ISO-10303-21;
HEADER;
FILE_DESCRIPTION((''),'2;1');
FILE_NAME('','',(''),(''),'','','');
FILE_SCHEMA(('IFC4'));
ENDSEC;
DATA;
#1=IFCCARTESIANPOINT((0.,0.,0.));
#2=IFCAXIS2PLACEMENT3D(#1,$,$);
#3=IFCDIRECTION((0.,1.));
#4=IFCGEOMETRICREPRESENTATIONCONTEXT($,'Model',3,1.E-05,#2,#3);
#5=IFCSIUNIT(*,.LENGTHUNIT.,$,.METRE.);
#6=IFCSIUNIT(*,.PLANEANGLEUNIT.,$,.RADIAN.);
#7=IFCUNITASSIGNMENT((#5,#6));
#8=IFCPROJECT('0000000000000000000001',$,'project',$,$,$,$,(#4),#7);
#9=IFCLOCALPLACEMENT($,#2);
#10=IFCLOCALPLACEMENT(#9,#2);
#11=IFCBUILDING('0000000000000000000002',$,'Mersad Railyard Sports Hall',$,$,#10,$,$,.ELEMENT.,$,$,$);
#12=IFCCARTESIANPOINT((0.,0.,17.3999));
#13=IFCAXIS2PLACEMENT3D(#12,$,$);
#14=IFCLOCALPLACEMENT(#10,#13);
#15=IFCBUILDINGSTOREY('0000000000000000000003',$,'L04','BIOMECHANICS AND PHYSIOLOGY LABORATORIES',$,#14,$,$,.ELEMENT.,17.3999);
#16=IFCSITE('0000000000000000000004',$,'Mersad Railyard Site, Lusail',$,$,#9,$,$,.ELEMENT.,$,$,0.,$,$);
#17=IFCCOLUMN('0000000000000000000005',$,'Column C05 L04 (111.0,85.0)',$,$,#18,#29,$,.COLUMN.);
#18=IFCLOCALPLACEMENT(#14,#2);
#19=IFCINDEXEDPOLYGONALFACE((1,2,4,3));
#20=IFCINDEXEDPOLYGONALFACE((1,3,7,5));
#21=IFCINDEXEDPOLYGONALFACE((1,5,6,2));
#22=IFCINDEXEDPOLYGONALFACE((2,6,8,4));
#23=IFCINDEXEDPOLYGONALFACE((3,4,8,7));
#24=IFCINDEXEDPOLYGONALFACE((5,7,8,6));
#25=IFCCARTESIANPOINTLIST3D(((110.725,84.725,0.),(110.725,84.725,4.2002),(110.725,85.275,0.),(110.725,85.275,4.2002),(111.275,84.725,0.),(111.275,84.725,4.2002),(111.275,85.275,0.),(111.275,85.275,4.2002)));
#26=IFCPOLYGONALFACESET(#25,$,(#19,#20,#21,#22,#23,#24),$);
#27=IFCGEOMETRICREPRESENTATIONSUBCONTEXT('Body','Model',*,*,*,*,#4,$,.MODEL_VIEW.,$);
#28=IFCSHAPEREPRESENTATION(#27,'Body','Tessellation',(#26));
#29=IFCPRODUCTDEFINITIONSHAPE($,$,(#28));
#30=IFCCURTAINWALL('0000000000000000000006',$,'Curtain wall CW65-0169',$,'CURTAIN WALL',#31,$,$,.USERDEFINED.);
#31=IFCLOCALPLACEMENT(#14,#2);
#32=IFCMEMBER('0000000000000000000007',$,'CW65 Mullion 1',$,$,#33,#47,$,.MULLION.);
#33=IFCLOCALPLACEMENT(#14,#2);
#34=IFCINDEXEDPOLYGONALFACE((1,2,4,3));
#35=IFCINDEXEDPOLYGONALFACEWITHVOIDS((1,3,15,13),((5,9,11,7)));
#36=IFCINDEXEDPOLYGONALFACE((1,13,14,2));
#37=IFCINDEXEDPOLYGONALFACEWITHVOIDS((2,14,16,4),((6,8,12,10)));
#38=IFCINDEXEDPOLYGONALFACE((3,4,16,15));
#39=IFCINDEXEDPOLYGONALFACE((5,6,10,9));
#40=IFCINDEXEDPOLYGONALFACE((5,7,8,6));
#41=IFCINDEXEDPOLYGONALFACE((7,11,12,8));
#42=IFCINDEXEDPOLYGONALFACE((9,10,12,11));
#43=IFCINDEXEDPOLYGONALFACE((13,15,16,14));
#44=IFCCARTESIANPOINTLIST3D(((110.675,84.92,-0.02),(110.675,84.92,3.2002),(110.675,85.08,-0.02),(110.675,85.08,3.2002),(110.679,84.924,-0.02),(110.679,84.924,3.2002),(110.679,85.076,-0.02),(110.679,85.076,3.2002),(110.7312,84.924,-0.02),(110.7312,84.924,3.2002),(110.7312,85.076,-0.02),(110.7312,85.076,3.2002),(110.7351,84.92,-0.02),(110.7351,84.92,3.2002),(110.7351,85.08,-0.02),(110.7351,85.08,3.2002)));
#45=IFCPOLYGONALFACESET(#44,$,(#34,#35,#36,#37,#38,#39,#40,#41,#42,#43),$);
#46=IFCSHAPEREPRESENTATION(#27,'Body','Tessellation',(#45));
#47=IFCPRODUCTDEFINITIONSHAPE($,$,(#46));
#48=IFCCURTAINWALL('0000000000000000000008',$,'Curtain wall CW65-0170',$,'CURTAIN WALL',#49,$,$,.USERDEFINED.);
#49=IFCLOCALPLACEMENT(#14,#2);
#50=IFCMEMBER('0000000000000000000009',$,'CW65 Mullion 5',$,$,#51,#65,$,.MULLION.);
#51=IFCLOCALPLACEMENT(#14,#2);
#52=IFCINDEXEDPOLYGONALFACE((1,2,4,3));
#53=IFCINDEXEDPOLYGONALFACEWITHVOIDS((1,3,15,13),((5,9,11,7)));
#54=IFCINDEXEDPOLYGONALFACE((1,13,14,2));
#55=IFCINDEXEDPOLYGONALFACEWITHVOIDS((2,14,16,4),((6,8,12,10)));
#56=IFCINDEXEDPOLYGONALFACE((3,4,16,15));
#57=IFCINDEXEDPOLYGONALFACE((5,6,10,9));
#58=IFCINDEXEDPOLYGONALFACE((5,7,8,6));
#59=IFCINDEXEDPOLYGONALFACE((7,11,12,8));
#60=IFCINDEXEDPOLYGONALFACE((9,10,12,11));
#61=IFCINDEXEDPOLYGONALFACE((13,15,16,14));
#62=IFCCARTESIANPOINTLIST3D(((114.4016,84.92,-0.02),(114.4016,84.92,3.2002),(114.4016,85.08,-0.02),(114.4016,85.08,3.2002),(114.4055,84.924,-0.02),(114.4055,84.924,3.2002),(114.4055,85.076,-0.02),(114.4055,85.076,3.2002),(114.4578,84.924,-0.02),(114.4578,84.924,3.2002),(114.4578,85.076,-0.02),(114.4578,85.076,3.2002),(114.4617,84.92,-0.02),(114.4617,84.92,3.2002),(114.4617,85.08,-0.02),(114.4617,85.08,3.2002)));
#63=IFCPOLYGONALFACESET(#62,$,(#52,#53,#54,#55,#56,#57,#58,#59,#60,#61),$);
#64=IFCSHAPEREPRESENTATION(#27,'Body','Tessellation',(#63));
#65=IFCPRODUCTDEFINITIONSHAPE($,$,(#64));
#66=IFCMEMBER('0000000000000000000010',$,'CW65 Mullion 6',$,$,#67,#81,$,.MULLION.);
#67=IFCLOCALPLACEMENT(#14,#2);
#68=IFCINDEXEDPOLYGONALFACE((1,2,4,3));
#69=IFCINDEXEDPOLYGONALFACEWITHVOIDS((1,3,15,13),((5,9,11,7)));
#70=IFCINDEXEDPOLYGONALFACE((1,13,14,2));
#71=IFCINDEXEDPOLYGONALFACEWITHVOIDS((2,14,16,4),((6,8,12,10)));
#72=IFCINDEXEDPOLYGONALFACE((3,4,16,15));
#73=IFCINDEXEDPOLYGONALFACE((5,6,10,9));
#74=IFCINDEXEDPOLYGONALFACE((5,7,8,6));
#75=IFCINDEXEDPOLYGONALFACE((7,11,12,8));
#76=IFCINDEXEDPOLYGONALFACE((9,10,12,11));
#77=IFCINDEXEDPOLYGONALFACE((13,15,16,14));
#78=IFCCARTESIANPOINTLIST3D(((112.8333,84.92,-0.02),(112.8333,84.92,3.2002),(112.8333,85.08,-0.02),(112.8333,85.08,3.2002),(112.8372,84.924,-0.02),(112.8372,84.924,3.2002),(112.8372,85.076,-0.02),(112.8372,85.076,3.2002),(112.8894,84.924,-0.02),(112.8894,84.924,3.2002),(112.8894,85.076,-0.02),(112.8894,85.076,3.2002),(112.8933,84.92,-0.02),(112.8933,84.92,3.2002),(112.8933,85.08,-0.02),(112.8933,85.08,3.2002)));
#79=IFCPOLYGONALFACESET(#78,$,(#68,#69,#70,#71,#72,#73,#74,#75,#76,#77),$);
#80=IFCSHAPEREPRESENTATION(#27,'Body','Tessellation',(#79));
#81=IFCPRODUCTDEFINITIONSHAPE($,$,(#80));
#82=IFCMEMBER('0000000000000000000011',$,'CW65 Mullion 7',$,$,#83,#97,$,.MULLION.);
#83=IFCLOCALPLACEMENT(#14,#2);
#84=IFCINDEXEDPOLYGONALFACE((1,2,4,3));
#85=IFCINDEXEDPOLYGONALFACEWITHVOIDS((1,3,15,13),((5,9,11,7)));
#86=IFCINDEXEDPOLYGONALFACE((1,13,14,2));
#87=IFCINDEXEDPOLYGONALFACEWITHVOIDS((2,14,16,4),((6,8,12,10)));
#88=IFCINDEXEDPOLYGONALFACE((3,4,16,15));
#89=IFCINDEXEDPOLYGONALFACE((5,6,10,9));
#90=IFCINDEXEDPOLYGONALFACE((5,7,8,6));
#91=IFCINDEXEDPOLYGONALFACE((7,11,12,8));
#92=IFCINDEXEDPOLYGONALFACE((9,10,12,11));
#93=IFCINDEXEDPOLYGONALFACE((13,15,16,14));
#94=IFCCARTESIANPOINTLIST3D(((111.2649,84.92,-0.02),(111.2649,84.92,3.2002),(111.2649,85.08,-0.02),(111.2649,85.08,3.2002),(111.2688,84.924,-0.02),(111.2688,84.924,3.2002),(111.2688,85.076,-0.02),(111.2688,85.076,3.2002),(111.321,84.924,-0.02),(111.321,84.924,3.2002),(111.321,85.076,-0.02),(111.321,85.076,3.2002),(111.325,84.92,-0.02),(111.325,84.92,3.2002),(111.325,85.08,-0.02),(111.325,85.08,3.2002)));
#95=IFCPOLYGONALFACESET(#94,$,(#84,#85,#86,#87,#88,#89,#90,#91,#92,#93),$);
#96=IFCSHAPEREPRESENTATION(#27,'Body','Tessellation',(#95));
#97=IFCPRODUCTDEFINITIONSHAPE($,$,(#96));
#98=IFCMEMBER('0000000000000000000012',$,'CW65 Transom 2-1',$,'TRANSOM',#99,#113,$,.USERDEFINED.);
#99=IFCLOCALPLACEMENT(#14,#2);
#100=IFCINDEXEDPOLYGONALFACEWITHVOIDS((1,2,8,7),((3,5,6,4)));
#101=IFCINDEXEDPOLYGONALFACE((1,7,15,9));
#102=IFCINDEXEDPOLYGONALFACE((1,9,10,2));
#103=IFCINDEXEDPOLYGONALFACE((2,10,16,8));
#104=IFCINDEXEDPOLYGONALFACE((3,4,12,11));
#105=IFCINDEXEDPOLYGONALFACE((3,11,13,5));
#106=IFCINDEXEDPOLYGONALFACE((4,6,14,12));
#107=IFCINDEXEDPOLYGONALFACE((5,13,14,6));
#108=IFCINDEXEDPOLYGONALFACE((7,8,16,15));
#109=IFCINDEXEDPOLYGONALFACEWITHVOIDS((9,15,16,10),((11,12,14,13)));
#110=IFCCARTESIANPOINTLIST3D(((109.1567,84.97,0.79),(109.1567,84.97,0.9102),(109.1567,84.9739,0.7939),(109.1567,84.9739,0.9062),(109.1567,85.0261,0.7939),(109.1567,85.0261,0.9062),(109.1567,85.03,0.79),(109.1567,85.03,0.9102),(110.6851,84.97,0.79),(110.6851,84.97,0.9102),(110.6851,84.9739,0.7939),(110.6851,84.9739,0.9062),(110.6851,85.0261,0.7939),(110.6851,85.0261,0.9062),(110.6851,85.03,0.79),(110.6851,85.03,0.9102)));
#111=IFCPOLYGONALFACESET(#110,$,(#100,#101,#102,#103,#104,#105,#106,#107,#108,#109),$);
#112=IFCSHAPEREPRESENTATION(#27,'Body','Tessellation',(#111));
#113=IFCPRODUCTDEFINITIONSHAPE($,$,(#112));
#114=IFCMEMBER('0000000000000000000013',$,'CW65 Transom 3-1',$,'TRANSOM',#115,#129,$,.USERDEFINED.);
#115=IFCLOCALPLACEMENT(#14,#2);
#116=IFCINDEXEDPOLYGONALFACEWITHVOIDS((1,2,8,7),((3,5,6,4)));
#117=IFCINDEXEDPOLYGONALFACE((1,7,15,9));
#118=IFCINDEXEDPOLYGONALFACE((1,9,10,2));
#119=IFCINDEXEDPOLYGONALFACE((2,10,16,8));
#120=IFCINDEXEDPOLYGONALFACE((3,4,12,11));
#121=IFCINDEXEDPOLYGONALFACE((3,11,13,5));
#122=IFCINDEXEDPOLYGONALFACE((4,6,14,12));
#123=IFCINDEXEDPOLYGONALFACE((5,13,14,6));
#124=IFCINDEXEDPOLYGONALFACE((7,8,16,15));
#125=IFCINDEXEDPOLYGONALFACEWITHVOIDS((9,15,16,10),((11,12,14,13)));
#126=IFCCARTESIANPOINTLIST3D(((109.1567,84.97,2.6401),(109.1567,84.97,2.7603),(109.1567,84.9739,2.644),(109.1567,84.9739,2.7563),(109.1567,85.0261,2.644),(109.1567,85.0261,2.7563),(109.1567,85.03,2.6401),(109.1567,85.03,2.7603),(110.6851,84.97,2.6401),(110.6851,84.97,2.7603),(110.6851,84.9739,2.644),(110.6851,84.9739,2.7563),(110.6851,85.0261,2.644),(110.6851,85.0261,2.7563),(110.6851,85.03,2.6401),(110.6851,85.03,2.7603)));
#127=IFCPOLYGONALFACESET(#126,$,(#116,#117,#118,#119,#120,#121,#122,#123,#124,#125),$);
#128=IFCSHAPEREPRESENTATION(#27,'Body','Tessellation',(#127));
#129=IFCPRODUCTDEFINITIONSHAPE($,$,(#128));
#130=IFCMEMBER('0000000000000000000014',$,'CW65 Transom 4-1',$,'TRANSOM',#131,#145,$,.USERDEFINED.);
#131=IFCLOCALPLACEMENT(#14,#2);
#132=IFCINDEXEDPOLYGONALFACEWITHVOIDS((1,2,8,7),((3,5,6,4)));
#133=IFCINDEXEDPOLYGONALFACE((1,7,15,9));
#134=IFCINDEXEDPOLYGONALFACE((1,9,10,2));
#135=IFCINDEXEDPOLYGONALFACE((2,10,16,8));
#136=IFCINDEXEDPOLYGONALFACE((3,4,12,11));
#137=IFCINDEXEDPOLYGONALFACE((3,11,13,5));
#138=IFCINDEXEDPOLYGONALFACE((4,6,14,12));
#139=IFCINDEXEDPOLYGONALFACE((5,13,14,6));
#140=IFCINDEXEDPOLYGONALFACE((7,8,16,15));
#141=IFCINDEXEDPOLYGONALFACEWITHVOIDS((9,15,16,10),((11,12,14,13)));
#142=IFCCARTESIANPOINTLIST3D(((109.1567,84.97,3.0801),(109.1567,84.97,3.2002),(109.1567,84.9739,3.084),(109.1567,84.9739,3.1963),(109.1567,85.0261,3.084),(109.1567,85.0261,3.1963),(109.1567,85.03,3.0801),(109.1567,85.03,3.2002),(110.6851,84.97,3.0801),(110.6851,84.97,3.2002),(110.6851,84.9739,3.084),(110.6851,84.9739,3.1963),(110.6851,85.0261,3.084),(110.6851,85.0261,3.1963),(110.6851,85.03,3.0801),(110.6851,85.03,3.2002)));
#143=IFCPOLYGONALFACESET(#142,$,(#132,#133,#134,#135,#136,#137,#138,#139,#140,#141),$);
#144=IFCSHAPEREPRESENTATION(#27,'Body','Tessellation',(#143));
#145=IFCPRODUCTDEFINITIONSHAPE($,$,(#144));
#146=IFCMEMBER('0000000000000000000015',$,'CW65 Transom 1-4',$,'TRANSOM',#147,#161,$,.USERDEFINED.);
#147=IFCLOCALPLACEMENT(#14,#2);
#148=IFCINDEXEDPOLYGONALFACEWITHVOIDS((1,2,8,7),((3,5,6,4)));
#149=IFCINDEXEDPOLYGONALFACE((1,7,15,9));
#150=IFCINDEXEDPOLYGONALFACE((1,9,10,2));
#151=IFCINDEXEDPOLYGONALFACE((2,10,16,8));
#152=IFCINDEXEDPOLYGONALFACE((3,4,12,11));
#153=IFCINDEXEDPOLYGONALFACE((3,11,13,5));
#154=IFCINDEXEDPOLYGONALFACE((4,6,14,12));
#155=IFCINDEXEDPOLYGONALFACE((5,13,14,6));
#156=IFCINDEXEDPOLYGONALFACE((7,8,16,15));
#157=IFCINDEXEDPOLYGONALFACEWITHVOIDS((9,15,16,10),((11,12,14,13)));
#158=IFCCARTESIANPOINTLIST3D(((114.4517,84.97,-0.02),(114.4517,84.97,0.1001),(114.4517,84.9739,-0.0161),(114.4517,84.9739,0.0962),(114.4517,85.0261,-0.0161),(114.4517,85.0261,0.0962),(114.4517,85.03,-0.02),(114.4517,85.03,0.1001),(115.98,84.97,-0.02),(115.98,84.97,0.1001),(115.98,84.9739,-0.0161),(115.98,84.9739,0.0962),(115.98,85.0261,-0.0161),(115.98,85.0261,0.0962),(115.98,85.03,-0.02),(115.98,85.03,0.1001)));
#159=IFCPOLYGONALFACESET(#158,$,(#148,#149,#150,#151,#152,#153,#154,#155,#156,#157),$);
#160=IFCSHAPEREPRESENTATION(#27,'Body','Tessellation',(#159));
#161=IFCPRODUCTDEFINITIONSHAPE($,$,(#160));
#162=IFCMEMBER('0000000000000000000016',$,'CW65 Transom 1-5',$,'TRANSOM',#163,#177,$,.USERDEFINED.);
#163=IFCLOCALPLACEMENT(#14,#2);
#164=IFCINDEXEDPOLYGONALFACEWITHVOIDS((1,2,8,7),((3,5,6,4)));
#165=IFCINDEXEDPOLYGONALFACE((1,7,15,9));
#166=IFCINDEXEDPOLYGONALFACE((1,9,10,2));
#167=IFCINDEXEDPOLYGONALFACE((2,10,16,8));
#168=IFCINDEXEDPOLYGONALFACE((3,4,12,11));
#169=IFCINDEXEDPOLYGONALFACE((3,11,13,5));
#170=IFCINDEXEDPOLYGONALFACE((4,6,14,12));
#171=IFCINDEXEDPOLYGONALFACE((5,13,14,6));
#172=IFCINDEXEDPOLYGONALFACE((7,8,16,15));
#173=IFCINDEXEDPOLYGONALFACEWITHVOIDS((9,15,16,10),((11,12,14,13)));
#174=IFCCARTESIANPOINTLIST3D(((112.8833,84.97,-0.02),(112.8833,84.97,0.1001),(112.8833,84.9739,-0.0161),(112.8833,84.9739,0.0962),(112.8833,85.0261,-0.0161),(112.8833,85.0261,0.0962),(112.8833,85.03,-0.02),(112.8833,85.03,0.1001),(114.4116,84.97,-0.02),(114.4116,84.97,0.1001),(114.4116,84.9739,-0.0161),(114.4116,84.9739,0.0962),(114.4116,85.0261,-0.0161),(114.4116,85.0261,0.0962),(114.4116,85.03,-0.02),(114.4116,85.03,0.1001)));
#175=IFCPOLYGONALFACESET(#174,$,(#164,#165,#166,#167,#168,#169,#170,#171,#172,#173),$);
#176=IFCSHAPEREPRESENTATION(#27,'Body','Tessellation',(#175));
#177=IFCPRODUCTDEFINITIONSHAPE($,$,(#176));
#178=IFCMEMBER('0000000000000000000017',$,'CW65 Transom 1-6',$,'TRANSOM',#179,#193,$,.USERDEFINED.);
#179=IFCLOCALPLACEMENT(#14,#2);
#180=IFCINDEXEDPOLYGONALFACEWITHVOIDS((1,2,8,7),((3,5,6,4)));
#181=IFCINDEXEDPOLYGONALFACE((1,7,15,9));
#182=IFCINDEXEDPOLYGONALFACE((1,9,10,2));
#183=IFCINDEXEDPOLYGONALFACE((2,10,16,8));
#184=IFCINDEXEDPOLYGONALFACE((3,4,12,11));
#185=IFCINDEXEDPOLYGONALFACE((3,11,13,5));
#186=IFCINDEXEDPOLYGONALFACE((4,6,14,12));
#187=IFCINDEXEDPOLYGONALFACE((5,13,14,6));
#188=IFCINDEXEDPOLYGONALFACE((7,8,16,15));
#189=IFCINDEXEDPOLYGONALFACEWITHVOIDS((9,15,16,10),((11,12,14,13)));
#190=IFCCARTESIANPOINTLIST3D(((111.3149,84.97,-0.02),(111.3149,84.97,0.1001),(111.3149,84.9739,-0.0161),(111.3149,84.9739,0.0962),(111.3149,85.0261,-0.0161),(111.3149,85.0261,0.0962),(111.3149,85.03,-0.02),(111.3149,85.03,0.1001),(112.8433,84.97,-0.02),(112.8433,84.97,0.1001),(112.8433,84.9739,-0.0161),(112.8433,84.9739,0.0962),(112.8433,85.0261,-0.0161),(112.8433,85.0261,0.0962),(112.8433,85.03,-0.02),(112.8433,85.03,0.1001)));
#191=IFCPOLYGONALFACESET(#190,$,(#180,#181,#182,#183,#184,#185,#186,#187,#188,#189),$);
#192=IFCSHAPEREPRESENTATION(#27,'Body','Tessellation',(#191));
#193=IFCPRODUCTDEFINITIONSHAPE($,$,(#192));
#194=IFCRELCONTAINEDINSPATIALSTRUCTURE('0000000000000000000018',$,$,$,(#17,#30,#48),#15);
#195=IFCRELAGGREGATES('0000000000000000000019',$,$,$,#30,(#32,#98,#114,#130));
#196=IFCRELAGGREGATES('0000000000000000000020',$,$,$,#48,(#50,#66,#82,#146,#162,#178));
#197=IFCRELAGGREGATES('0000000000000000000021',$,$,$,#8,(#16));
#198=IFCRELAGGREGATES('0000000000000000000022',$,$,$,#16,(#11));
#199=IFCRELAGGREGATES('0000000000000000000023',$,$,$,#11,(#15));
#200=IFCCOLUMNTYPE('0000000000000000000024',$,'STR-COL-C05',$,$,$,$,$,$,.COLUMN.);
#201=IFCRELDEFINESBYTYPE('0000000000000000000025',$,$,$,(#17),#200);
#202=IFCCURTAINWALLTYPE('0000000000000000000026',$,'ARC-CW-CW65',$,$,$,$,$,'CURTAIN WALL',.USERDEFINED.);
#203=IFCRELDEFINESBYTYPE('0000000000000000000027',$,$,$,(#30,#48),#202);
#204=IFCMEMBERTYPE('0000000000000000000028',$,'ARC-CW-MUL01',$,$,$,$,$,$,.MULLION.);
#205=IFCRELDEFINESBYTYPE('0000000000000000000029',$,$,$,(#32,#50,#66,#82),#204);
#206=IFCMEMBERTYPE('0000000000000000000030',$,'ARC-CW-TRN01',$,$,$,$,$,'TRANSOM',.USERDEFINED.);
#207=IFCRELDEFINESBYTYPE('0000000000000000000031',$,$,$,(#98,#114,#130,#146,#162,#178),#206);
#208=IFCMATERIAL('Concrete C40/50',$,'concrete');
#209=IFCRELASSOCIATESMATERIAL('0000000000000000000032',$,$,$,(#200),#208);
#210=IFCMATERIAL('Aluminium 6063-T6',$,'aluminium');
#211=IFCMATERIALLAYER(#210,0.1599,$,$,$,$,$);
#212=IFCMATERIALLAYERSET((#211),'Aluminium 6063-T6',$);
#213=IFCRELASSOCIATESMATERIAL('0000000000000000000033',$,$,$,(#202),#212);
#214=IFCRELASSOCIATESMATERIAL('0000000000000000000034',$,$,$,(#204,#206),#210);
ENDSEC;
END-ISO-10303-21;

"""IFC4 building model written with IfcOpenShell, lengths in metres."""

from ifc_helpers import new_model, si_unit, direction, frame, origin, origin_2d, place, context, subcontext, project, spatial, rectangle, hollow_rectangle, extrude, material, layer, layer_set, material_profile, profile_set, type_object, element, aggregate, save


model = new_model("IFC4")

# Units and contexts
model_context = context("Model", 3, precision=1e-05, world=origin(), true_north=direction((0.0, 1.0)))
body_context = subcontext(model_context, "Body", "Model", "MODEL_VIEW")
ifc_project = project(units=[si_unit("LENGTHUNIT", "METRE"), si_unit("PLANEANGLEUNIT", "RADIAN")], contexts=[model_context])

# Site, building, storey
site_placement = place(None, origin())
site = spatial("IfcSite", under=ifc_project, at=site_placement, Name="Mersad Railyard Site, Lusail", CompositionType="ELEMENT", RefElevation=0.0)
building_placement = place(site_placement, origin())
building = spatial("IfcBuilding", under=site, at=building_placement, Name="Mersad Railyard Sports Hall", CompositionType="ELEMENT")
storey_placement = place(building_placement, frame((0.0, 0.0, 17.3999)))
storey = spatial("IfcBuildingStorey", under=building, at=storey_placement, Name="L04", Description="BIOMECHANICS AND PHYSIOLOGY LABORATORIES", CompositionType="ELEMENT", Elevation=17.3999)

# Column
ifc_material_1 = material(Name="Concrete C40/50", Category="concrete")
ifc_material_profile_1 = material_profile(ifc_material_1, rectangle(XDim=0.55, YDim=0.55, at=origin_2d()), Name="RC 550x550")
ifc_profile_set_1 = profile_set([ifc_material_profile_1], Name="Concrete C40/50")
column_type = type_object("IfcColumnType", Name="STR-COL-C05", PredefinedType="COLUMN", material=ifc_profile_set_1)
column_placement = place(storey_placement, frame((111.0, 85.0, 0.0), z_axis=(0.0, 0.0, 1.0), x_axis=(1.0, 0.0, 0.0)))
element("IfcColumn", 1, at=column_placement, inside=storey, type_object=column_type, Name="Column C05 L04 (111.0,85.0)", PredefinedType="COLUMN", context=body_context, shape_type="SweptSolid", body=[
    extrude(rectangle(XDim=0.55, YDim=0.55, at=origin_2d()), origin(), (0.0, 0.0, 1.0), 4.2002),
])

# Curtain wall, member
ifc_material_2 = material(Name="Aluminium 6063-T6", Category="aluminium")
ifc_layer_1 = layer(ifc_material_2, 0.1599)
ifc_layer_set_1 = layer_set([ifc_layer_1], Name="Aluminium 6063-T6")
curtain_wall_type = type_object("IfcCurtainWallType", Name="ARC-CW-CW65", ElementType="CURTAIN WALL", PredefinedType="USERDEFINED", material=ifc_layer_set_1)
curtain_wall_1_placement = place(storey_placement, origin())
curtain_wall_1 = element("IfcCurtainWall", 2, at=curtain_wall_1_placement, inside=storey, type_object=curtain_wall_type, Name="Curtain wall CW65-0169", ObjectType="CURTAIN WALL", PredefinedType="USERDEFINED")
ifc_material_profile_2 = material_profile(ifc_material_2, hollow_rectangle(XDim=0.0601, YDim=0.1599, WallThickness=0.0039, at=origin_2d()), Name="AL MULLION 60x160x4")
ifc_profile_set_2 = profile_set([ifc_material_profile_2], Name="Aluminium 6063-T6")
member_type_1 = type_object("IfcMemberType", Name="ARC-CW-MUL01", PredefinedType="MULLION", material=ifc_profile_set_2)
member_1_placement = place(storey_placement, frame((110.7051, 85.0, -0.02), z_axis=(0.0, 0.0, 1.0), x_axis=(1.0, 0.0, 0.0)))
member_1 = element("IfcMember", 3, at=member_1_placement, type_object=member_type_1, Name="CW65 Mullion 1", PredefinedType="MULLION", context=body_context, shape_type="SweptSolid", body=[
    extrude(hollow_rectangle(XDim=0.0601, YDim=0.1599, WallThickness=0.0039, at=origin_2d()), origin(), (0.0, 0.0, 1.0), 3.2202),
])

# Curtain wall, members
curtain_wall_2_placement = place(storey_placement, origin())
curtain_wall_2 = element("IfcCurtainWall", 4, at=curtain_wall_2_placement, inside=storey, type_object=curtain_wall_type, Name="Curtain wall CW65-0170", ObjectType="CURTAIN WALL", PredefinedType="USERDEFINED")
member_2_placement = place(storey_placement, frame((114.4316, 85.0, -0.02), z_axis=(0.0, 0.0, 1.0), x_axis=(1.0, 0.0, 0.0)))
member_2 = element("IfcMember", 5, at=member_2_placement, type_object=member_type_1, Name="CW65 Mullion 5", PredefinedType="MULLION", context=body_context, shape_type="SweptSolid", body=[
    extrude(hollow_rectangle(XDim=0.0601, YDim=0.1599, WallThickness=0.0039, at=origin_2d()), origin(), (0.0, 0.0, 1.0), 3.2202),
])
member_3_placement = place(storey_placement, frame((112.8633, 85.0, -0.02), z_axis=(0.0, 0.0, 1.0), x_axis=(1.0, 0.0, 0.0)))
member_3 = element("IfcMember", 6, at=member_3_placement, type_object=member_type_1, Name="CW65 Mullion 6", PredefinedType="MULLION", context=body_context, shape_type="SweptSolid", body=[
    extrude(hollow_rectangle(XDim=0.0601, YDim=0.1599, WallThickness=0.0039, at=origin_2d()), origin(), (0.0, 0.0, 1.0), 3.2202),
])
member_4_placement = place(storey_placement, frame((111.2949, 85.0, -0.02), z_axis=(0.0, 0.0, 1.0), x_axis=(1.0, 0.0, 0.0)))
member_4 = element("IfcMember", 7, at=member_4_placement, type_object=member_type_1, Name="CW65 Mullion 7", PredefinedType="MULLION", context=body_context, shape_type="SweptSolid", body=[
    extrude(hollow_rectangle(XDim=0.0601, YDim=0.1599, WallThickness=0.0039, at=origin_2d()), origin(), (0.0, 0.0, 1.0), 3.2202),
])

# Members
ifc_material_profile_3 = material_profile(ifc_material_2, hollow_rectangle(XDim=0.0601, YDim=0.1201, WallThickness=0.0039, at=origin_2d()), Name="AL TRANSOM 60x120x4")
ifc_profile_set_3 = profile_set([ifc_material_profile_3], Name="Aluminium 6063-T6")
member_type_2 = type_object("IfcMemberType", Name="ARC-CW-TRN01", ElementType="TRANSOM", PredefinedType="USERDEFINED", material=ifc_profile_set_3)
member_5_placement = place(storey_placement, frame((110.6851, 85.0, 0.8501), z_axis=(-1.0, 0.0, 0.0), x_axis=(0.0, -1.0, 0.0)))
member_5 = element("IfcMember", 8, at=member_5_placement, type_object=member_type_2, Name="CW65 Transom 2-1", ObjectType="TRANSOM", PredefinedType="USERDEFINED", context=body_context, shape_type="SweptSolid", body=[
    extrude(hollow_rectangle(XDim=0.0601, YDim=0.1201, WallThickness=0.0039, at=origin_2d()), origin(), (0.0, 0.0, 1.0), 1.5283),
])
member_6_placement = place(storey_placement, frame((110.6851, 85.0, 2.7002), z_axis=(-1.0, 0.0, 0.0), x_axis=(0.0, -1.0, 0.0)))
member_6 = element("IfcMember", 9, at=member_6_placement, type_object=member_type_2, Name="CW65 Transom 3-1", ObjectType="TRANSOM", PredefinedType="USERDEFINED", context=body_context, shape_type="SweptSolid", body=[
    extrude(hollow_rectangle(XDim=0.0601, YDim=0.1201, WallThickness=0.0039, at=origin_2d()), origin(), (0.0, 0.0, 1.0), 1.5283),
])
member_7_placement = place(storey_placement, frame((110.6851, 85.0, 3.1401), z_axis=(-1.0, 0.0, 0.0), x_axis=(0.0, -1.0, 0.0)))
member_7 = element("IfcMember", 10, at=member_7_placement, type_object=member_type_2, Name="CW65 Transom 4-1", ObjectType="TRANSOM", PredefinedType="USERDEFINED", context=body_context, shape_type="SweptSolid", body=[
    extrude(hollow_rectangle(XDim=0.0601, YDim=0.1201, WallThickness=0.0039, at=origin_2d()), origin(), (0.0, 0.0, 1.0), 1.5283),
])
aggregate(curtain_wall_1, [member_1, member_5, member_6, member_7])
member_8_placement = place(storey_placement, frame((115.98, 85.0, 0.04), z_axis=(-1.0, 0.0, 0.0), x_axis=(0.0, -1.0, 0.0)))
member_8 = element("IfcMember", 11, at=member_8_placement, type_object=member_type_2, Name="CW65 Transom 1-4", ObjectType="TRANSOM", PredefinedType="USERDEFINED", context=body_context, shape_type="SweptSolid", body=[
    extrude(hollow_rectangle(XDim=0.0601, YDim=0.1201, WallThickness=0.0039, at=origin_2d()), origin(), (0.0, 0.0, 1.0), 1.5283),
])
member_9_placement = place(storey_placement, frame((114.4116, 85.0, 0.04), z_axis=(-1.0, 0.0, 0.0), x_axis=(0.0, -1.0, 0.0)))
member_9 = element("IfcMember", 12, at=member_9_placement, type_object=member_type_2, Name="CW65 Transom 1-5", ObjectType="TRANSOM", PredefinedType="USERDEFINED", context=body_context, shape_type="SweptSolid", body=[
    extrude(hollow_rectangle(XDim=0.0601, YDim=0.1201, WallThickness=0.0039, at=origin_2d()), origin(), (0.0, 0.0, 1.0), 1.5283),
])
member_10_placement = place(storey_placement, frame((112.8433, 85.0, 0.04), z_axis=(-1.0, 0.0, 0.0), x_axis=(0.0, -1.0, 0.0)))
member_10 = element("IfcMember", 13, at=member_10_placement, type_object=member_type_2, Name="CW65 Transom 1-6", ObjectType="TRANSOM", PredefinedType="USERDEFINED", context=body_context, shape_type="SweptSolid", body=[
    extrude(hollow_rectangle(XDim=0.0601, YDim=0.1201, WallThickness=0.0039, at=origin_2d()), origin(), (0.0, 0.0, 1.0), 1.5283),
])

aggregate(curtain_wall_2, [member_2, member_3, member_4, member_8, member_9, member_10])

save(model, "model.ifc")
